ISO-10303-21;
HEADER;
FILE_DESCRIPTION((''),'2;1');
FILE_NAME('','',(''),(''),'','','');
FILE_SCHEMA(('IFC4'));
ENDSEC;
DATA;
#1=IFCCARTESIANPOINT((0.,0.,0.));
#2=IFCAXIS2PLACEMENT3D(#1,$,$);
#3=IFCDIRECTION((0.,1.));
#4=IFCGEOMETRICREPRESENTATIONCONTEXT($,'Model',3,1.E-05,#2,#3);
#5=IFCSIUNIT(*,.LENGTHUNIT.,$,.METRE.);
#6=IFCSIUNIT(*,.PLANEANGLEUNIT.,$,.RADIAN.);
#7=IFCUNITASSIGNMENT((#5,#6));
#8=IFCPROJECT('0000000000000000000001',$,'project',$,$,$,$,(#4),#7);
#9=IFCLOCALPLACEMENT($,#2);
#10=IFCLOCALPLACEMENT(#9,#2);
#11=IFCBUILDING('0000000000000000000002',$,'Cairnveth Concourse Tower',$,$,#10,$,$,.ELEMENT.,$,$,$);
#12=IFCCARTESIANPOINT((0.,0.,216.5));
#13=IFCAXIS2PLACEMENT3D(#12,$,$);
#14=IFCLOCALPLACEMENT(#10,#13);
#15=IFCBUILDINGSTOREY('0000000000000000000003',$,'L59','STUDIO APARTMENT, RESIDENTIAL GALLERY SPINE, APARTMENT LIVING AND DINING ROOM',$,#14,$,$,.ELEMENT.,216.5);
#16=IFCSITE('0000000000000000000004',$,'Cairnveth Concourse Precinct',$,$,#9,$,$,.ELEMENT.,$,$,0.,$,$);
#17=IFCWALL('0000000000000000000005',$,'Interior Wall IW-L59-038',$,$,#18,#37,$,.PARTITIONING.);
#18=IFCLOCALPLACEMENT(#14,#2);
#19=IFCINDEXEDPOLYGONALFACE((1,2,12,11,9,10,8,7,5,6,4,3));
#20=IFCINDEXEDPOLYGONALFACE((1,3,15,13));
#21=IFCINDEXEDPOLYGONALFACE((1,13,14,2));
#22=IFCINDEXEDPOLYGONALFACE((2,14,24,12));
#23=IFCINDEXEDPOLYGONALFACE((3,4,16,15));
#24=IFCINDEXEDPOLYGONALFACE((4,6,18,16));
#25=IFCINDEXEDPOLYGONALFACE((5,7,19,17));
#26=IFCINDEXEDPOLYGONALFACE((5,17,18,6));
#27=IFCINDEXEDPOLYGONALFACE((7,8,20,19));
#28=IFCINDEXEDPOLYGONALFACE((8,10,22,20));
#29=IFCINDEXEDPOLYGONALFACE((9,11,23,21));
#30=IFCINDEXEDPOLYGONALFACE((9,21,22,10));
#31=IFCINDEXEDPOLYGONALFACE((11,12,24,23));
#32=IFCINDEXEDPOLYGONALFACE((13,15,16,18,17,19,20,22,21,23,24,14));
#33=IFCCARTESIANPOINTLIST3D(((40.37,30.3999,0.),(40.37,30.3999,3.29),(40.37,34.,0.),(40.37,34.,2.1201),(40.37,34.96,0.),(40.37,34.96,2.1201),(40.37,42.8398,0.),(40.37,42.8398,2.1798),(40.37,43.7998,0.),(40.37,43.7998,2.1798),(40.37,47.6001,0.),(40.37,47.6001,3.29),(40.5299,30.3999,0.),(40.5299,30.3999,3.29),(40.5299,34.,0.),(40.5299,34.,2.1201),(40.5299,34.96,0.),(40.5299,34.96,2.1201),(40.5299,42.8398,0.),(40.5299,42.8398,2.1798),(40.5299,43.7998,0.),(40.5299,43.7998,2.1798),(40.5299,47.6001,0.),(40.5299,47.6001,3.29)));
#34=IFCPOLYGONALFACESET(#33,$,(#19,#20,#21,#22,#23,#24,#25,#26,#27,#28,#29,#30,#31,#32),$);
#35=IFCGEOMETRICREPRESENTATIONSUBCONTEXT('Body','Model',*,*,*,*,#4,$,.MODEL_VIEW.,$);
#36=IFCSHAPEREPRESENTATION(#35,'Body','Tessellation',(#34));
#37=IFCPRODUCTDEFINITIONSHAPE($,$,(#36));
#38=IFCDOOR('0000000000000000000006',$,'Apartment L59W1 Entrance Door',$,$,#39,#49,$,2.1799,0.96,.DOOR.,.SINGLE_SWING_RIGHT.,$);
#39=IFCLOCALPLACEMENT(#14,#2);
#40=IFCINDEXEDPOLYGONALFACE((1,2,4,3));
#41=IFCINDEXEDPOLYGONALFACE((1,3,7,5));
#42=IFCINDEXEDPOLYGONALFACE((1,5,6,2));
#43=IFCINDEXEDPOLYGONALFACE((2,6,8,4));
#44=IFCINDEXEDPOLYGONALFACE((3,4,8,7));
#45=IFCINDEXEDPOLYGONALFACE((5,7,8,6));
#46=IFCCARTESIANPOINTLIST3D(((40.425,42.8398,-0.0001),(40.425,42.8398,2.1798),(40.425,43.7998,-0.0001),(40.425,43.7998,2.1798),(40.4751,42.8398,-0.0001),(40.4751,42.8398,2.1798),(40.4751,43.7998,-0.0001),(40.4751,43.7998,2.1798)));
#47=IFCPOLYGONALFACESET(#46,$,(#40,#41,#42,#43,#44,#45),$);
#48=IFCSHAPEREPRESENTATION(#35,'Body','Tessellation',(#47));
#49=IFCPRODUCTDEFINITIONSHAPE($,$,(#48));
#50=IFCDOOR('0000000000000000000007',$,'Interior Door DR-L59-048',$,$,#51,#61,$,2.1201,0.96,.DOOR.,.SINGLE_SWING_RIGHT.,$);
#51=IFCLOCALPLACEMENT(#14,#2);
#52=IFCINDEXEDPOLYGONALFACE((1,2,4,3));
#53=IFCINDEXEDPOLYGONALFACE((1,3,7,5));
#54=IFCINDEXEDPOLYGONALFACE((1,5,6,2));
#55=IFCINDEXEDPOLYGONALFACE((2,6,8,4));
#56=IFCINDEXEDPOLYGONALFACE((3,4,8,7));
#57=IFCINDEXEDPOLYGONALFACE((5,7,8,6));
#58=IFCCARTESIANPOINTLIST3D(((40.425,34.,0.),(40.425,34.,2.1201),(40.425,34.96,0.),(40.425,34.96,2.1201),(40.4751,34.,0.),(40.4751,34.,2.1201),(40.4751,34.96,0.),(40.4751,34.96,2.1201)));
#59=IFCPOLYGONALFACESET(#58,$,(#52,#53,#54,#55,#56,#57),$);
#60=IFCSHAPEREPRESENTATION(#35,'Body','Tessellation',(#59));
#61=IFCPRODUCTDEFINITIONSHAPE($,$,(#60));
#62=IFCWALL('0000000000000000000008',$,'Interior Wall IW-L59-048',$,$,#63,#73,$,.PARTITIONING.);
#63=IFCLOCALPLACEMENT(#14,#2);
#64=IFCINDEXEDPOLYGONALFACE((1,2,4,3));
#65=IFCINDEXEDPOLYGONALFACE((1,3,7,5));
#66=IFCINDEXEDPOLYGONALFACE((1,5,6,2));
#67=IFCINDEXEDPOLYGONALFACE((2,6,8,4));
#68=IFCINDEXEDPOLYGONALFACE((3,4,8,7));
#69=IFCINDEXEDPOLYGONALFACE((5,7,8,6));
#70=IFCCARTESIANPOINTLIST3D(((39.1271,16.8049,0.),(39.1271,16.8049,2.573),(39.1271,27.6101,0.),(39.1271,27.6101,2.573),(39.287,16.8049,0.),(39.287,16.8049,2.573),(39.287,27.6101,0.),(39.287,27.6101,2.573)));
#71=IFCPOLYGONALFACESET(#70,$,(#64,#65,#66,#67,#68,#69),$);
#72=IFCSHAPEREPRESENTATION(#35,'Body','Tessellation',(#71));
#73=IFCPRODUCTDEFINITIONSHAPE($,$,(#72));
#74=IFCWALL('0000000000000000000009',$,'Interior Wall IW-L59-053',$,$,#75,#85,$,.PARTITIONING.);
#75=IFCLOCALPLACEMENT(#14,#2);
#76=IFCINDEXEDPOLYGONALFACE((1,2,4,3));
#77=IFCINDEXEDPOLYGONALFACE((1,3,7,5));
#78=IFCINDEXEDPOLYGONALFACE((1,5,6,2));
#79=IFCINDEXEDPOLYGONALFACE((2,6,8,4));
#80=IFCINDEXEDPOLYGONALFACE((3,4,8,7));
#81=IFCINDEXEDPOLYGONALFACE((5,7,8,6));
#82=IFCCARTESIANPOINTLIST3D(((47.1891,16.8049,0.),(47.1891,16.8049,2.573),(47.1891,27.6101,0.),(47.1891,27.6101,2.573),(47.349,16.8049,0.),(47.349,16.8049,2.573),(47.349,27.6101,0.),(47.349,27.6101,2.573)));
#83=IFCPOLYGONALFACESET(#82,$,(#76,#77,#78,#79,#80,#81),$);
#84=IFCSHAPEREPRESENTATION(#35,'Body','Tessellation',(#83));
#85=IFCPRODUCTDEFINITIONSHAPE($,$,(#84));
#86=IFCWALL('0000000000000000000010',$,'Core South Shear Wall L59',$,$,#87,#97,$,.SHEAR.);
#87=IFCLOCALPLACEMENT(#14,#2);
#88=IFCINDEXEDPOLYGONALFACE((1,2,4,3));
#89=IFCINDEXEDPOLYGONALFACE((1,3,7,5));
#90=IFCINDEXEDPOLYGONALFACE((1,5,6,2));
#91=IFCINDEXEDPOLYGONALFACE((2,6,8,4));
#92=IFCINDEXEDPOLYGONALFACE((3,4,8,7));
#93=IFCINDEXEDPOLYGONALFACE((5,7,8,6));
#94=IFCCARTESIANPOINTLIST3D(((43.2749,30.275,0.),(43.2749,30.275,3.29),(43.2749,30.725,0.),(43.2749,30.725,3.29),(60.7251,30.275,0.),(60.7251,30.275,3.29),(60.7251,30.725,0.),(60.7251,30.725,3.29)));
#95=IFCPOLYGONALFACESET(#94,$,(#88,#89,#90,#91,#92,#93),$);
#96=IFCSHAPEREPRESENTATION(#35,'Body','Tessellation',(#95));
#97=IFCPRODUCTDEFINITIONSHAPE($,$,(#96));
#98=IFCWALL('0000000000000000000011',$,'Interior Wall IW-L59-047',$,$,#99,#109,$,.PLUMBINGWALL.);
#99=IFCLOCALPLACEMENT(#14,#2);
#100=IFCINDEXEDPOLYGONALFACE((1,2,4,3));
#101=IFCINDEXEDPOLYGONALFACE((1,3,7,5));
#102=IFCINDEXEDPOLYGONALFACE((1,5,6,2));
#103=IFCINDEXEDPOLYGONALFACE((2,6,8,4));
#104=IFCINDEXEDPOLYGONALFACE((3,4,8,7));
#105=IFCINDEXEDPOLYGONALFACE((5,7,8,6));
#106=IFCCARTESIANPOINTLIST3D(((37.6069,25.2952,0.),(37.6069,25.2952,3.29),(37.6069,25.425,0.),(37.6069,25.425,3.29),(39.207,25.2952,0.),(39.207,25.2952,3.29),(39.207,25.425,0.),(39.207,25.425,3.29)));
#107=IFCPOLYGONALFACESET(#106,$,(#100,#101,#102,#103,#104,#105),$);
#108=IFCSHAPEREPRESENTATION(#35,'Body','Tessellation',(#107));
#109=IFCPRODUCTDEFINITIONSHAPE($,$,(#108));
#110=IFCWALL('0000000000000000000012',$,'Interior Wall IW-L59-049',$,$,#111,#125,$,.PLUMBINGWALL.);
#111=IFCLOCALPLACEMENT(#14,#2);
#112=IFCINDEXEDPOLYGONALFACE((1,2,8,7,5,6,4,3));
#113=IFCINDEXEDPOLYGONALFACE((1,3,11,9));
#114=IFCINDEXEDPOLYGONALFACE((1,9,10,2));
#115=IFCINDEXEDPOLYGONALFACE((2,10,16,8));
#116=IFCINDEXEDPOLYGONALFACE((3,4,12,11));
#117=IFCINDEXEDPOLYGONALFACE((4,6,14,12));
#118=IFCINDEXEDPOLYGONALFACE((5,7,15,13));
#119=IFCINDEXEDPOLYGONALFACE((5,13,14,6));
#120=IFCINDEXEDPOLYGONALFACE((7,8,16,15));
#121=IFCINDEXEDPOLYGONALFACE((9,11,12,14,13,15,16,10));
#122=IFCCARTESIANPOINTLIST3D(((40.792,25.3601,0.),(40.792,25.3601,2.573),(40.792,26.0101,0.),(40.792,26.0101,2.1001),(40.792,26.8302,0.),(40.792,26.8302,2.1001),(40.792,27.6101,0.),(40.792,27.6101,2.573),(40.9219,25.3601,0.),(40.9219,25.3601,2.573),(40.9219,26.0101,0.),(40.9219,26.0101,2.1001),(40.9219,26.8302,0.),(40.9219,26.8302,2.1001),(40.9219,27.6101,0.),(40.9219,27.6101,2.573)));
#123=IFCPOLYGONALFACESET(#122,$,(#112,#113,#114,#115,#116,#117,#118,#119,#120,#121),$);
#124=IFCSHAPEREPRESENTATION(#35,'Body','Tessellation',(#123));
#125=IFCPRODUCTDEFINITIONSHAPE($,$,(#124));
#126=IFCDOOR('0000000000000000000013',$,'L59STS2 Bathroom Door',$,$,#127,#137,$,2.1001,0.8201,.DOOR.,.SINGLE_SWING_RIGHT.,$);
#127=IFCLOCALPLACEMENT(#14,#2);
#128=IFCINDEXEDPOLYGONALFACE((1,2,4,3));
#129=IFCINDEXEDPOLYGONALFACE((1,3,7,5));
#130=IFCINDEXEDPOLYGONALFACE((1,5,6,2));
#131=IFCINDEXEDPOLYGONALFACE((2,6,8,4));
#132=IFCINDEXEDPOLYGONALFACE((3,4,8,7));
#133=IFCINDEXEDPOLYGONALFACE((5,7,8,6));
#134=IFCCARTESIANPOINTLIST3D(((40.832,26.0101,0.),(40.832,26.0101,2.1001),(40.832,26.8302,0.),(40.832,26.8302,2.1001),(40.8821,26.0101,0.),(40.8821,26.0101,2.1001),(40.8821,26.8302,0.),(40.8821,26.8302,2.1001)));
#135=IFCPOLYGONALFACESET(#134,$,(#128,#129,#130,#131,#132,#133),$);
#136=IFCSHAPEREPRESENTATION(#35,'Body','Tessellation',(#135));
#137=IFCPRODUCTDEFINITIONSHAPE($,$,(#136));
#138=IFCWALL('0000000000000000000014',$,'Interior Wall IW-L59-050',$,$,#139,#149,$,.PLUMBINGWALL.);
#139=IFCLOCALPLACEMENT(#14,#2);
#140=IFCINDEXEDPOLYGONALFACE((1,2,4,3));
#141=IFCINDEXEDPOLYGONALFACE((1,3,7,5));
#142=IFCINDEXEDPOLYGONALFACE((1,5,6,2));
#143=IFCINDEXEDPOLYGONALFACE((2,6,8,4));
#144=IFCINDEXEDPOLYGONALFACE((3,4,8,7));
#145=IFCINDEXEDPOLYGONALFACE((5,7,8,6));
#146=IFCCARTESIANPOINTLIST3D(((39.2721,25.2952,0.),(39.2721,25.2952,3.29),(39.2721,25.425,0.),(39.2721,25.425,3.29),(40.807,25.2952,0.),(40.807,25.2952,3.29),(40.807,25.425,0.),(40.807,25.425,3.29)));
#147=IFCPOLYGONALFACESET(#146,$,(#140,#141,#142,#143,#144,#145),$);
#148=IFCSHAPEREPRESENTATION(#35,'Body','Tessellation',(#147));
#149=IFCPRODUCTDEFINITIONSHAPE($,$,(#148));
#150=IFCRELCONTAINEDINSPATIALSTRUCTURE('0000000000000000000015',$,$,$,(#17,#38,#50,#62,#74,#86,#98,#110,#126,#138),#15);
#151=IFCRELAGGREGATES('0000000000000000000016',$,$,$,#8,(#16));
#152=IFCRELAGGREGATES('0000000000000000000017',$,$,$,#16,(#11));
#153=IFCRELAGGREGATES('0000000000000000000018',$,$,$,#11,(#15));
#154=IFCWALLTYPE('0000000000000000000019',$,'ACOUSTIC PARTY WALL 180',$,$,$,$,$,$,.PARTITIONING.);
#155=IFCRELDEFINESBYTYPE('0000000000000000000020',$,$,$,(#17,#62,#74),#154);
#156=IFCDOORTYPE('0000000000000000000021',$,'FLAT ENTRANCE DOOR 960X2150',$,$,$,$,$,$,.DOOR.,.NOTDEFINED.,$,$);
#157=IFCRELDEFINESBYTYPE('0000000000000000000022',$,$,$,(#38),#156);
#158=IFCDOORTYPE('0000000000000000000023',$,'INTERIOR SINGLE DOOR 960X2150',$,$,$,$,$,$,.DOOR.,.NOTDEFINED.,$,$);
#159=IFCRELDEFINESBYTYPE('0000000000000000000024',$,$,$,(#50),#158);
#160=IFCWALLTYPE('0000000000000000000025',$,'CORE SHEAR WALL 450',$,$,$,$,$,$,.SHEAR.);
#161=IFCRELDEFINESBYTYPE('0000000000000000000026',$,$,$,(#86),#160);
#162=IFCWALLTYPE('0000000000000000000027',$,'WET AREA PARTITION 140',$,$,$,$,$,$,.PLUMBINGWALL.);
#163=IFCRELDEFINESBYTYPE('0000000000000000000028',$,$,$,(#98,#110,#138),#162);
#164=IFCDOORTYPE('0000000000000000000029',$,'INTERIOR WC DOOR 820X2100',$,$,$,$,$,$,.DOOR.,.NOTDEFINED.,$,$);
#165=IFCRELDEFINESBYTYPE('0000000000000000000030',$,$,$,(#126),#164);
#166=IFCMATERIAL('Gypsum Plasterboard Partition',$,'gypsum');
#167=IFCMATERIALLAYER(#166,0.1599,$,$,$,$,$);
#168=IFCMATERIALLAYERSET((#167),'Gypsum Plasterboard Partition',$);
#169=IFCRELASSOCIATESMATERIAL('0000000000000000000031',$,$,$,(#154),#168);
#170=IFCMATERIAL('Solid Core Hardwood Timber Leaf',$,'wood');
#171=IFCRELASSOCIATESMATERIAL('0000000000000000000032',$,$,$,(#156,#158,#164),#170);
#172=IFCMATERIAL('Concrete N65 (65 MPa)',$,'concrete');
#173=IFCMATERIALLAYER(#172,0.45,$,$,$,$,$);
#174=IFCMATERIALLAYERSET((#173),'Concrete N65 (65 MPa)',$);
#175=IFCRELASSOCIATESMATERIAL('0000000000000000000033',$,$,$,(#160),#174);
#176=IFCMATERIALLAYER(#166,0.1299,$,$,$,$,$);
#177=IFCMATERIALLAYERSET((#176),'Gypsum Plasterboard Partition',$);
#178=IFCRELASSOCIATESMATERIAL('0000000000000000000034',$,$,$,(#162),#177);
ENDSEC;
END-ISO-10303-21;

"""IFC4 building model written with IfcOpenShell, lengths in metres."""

from ifc_helpers import new_model, si_unit, direction, frame, frame_2d, origin, place, context, subcontext, project, spatial, rectangle, extrude, material, layer, layer_set, type_object, element, fill, save


model = new_model("IFC4")

# Units and contexts
model_context = context("Model", 3, precision=1e-05, world=origin(), true_north=direction((0.0, 1.0)))
body_context = subcontext(model_context, "Body", "Model", "MODEL_VIEW")
ifc_project = project(units=[si_unit("LENGTHUNIT", "METRE"), si_unit("PLANEANGLEUNIT", "RADIAN")], contexts=[model_context])

# Site, building, storey
site_placement = place(None, origin())
site = spatial("IfcSite", under=ifc_project, at=site_placement, Name="Cairnveth Concourse Precinct", CompositionType="ELEMENT", RefElevation=0.0)
building_placement = place(site_placement, origin())
building = spatial("IfcBuilding", under=site, at=building_placement, Name="Cairnveth Concourse Tower", CompositionType="ELEMENT")
storey_placement = place(building_placement, frame((0.0, 0.0, 216.5)))
storey = spatial("IfcBuildingStorey", under=building, at=storey_placement, Name="L59", Description="STUDIO APARTMENT, RESIDENTIAL GALLERY SPINE, APARTMENT LIVING AND DINING ROOM", CompositionType="ELEMENT", Elevation=216.5)

# Shared definitions
ifc_material_1 = material(Name="Concrete N65 (65 MPa)", Category="concrete")

# Wall, openings, doors
ifc_material_2 = material(Name="Gypsum Plasterboard Partition", Category="gypsum")
ifc_layer_1 = layer(ifc_material_2, 0.1599)
ifc_layer_set_1 = layer_set([ifc_layer_1], Name="Gypsum Plasterboard Partition")
wall_type_1 = type_object("IfcWallType", Name="ACOUSTIC PARTY WALL 180", PredefinedType="PARTITIONING", material=ifc_layer_set_1)
wall_1_placement = place(storey_placement, frame((40.45, 30.3999, 0.0), z_axis=(0.0, 0.0, 1.0), x_axis=(0.0, 1.0, 0.0)))
wall_1 = element("IfcWall", 1, at=wall_1_placement, inside=storey, type_object=wall_type_1, Name="Interior Wall IW-L59-038", PredefinedType="PARTITIONING", context=body_context, shape_type="SweptSolid", body=[
    extrude(rectangle(XDim=17.2002, YDim=0.1599, at=frame_2d((8.6001, 0.0))), origin(), (0.0, 0.0, 1.0), 3.29),
])
opening_1_placement = place(wall_1_placement, frame((3.6001, 0.0, 0.0)))
opening_1 = element("IfcOpeningElement", 2, at=opening_1_placement, cuts=wall_1, PredefinedType="OPENING", context=body_context, shape_type="SweptSolid", body=[
    extrude(rectangle(XDim=0.96, YDim=2.1201, at=frame_2d((0.48, 1.0601))), frame((0.0, 0.0898, 0.0), z_axis=(0.0, -1.0, 0.0), x_axis=(1.0, 0.0, 0.0)), (0.0, 0.0, 1.0), 0.1799),
])
opening_2_placement = place(wall_1_placement, frame((12.4399, 0.0, 0.0)))
opening_2 = element("IfcOpeningElement", 3, at=opening_2_placement, cuts=wall_1, PredefinedType="OPENING", context=body_context, shape_type="SweptSolid", body=[
    extrude(rectangle(XDim=0.96, YDim=2.1799, at=frame_2d((0.48, 1.0898))), frame((0.0, 0.0898, 0.0), z_axis=(0.0, -1.0, 0.0), x_axis=(1.0, 0.0, 0.0)), (0.0, 0.0, 1.0), 0.1799),
])
ifc_material_3 = material(Name="Solid Core Hardwood Timber Leaf", Category="wood")
door_type_1 = type_object("IfcDoorType", Name="FLAT ENTRANCE DOOR 960X2150", OperationType="NOTDEFINED", PredefinedType="DOOR", material=ifc_material_3)
door_1_placement = place(opening_2_placement, origin())
door_1 = element("IfcDoor", 4, at=door_1_placement, inside=storey, type_object=door_type_1, Name="Apartment L59W1 Entrance Door", OperationType="SINGLE_SWING_RIGHT", OverallHeight=2.1799, OverallWidth=0.96, PredefinedType="DOOR", context=body_context, shape_type="SweptSolid", body=[
    extrude(rectangle(XDim=0.96, YDim=2.1799, at=frame_2d((0.48, 1.0898))), frame((0.0, 0.0249, 0.0), z_axis=(0.0, -1.0, 0.0), x_axis=(1.0, 0.0, 0.0)), (0.0, 0.0, 1.0), 0.05),
])
fill(opening_2, door_1)
door_type_2 = type_object("IfcDoorType", Name="INTERIOR SINGLE DOOR 960X2150", OperationType="NOTDEFINED", PredefinedType="DOOR", material=ifc_material_3)
door_2_placement = place(opening_1_placement, origin())
door_2 = element("IfcDoor", 5, at=door_2_placement, inside=storey, type_object=door_type_2, Name="Interior Door DR-L59-048", OperationType="SINGLE_SWING_RIGHT", OverallHeight=2.1201, OverallWidth=0.96, PredefinedType="DOOR", context=body_context, shape_type="SweptSolid", body=[
    extrude(rectangle(XDim=0.96, YDim=2.1201, at=frame_2d((0.48, 1.0601))), frame((0.0, 0.0249, 0.0), z_axis=(0.0, -1.0, 0.0), x_axis=(1.0, 0.0, 0.0)), (0.0, 0.0, 1.0), 0.05),
])
fill(opening_1, door_2)

# Walls
for number, where, z_axis, x_axis, name in (
    (6, (39.207, 16.8049, 0.0), (0.0, 0.0, 1.0), (0.0, 1.0, 0.0), "Interior Wall IW-L59-048"),
    (7, (47.269, 16.8049, 0.0), (0.0, 0.0, 1.0), (0.0, 1.0, 0.0), "Interior Wall IW-L59-053"),
):
    element("IfcWall", number, at=place(storey_placement, frame(where, z_axis=z_axis, x_axis=x_axis)), inside=storey, type_object=wall_type_1, Name=name, PredefinedType="PARTITIONING", context=body_context, shape_type="SweptSolid", body=[
        extrude(rectangle(XDim=10.8052, YDim=0.1599, at=frame_2d((5.4026, 0.0))), origin(), (0.0, 0.0, 1.0), 2.573),
    ])
ifc_layer_2 = layer(ifc_material_1, 0.45)
ifc_layer_set_2 = layer_set([ifc_layer_2], Name="Concrete N65 (65 MPa)")
wall_type_2 = type_object("IfcWallType", Name="CORE SHEAR WALL 450", PredefinedType="SHEAR", material=ifc_layer_set_2)
wall_2_placement = place(storey_placement, frame((43.2749, 30.5, 0.0), z_axis=(0.0, 0.0, 1.0), x_axis=(1.0, 0.0, 0.0)))
element("IfcWall", 8, at=wall_2_placement, inside=storey, type_object=wall_type_2, Name="Core South Shear Wall L59", PredefinedType="SHEAR", context=body_context, shape_type="SweptSolid", body=[
    extrude(rectangle(XDim=17.4502, YDim=0.45, at=frame_2d((8.7251, 0.0))), origin(), (0.0, 0.0, 1.0), 3.29),
])
ifc_layer_3 = layer(ifc_material_2, 0.1299)
ifc_layer_set_3 = layer_set([ifc_layer_3], Name="Gypsum Plasterboard Partition")
wall_type_3 = type_object("IfcWallType", Name="WET AREA PARTITION 140", PredefinedType="PLUMBINGWALL", material=ifc_layer_set_3)
wall_3_placement = place(storey_placement, frame((37.6069, 25.3601, 0.0), z_axis=(0.0, 0.0, 1.0), x_axis=(1.0, 0.0, 0.0)))
element("IfcWall", 9, at=wall_3_placement, inside=storey, type_object=wall_type_3, Name="Interior Wall IW-L59-047", PredefinedType="PLUMBINGWALL", context=body_context, shape_type="SweptSolid", body=[
    extrude(rectangle(XDim=1.6001, YDim=0.1299, at=frame_2d((0.8, 0.0))), origin(), (0.0, 0.0, 1.0), 3.29),
])

# Wall, opening, door
wall_4_placement = place(storey_placement, frame((40.8569, 25.3601, 0.0), z_axis=(0.0, 0.0, 1.0), x_axis=(0.0, 1.0, 0.0)))
wall_4 = element("IfcWall", 10, at=wall_4_placement, inside=storey, type_object=wall_type_3, Name="Interior Wall IW-L59-049", PredefinedType="PLUMBINGWALL", context=body_context, shape_type="SweptSolid", body=[
    extrude(rectangle(XDim=2.25, YDim=0.1299, at=frame_2d((1.125, 0.0))), origin(), (0.0, 0.0, 1.0), 2.573),
])
opening_3_placement = place(wall_4_placement, frame((0.6499, 0.0, 0.0)))
opening_3 = element("IfcOpeningElement", 11, at=opening_3_placement, cuts=wall_4, PredefinedType="OPENING", context=body_context, shape_type="SweptSolid", body=[
    extrude(rectangle(XDim=0.8201, YDim=2.1001, at=frame_2d((0.4102, 1.05))), frame((0.0, 0.075, 0.0), z_axis=(0.0, -1.0, 0.0), x_axis=(1.0, 0.0, 0.0)), (0.0, 0.0, 1.0), 0.1499),
])
door_type_3 = type_object("IfcDoorType", Name="INTERIOR WC DOOR 820X2100", OperationType="NOTDEFINED", PredefinedType="DOOR", material=ifc_material_3)
door_3_placement = place(opening_3_placement, origin())
door_3 = element("IfcDoor", 12, at=door_3_placement, inside=storey, type_object=door_type_3, Name="L59STS2 Bathroom Door", OperationType="SINGLE_SWING_RIGHT", OverallHeight=2.1001, OverallWidth=0.8201, PredefinedType="DOOR", context=body_context, shape_type="SweptSolid", body=[
    extrude(rectangle(XDim=0.8201, YDim=2.1001, at=frame_2d((0.4102, 1.05))), frame((0.0, 0.0249, 0.0), z_axis=(0.0, -1.0, 0.0), x_axis=(1.0, 0.0, 0.0)), (0.0, 0.0, 1.0), 0.05),
])
fill(opening_3, door_3)

# Wall
wall_5_placement = place(storey_placement, frame((39.272, 25.3601, 0.0), z_axis=(0.0, 0.0, 1.0), x_axis=(1.0, 0.0, 0.0)))
element("IfcWall", 13, at=wall_5_placement, inside=storey, type_object=wall_type_3, Name="Interior Wall IW-L59-050", PredefinedType="PLUMBINGWALL", context=body_context, shape_type="SweptSolid", body=[
    extrude(rectangle(XDim=1.5349, YDim=0.1299, at=frame_2d((0.7676, 0.0))), origin(), (0.0, 0.0, 1.0), 3.29),
])

save(model, "model.ifc")
